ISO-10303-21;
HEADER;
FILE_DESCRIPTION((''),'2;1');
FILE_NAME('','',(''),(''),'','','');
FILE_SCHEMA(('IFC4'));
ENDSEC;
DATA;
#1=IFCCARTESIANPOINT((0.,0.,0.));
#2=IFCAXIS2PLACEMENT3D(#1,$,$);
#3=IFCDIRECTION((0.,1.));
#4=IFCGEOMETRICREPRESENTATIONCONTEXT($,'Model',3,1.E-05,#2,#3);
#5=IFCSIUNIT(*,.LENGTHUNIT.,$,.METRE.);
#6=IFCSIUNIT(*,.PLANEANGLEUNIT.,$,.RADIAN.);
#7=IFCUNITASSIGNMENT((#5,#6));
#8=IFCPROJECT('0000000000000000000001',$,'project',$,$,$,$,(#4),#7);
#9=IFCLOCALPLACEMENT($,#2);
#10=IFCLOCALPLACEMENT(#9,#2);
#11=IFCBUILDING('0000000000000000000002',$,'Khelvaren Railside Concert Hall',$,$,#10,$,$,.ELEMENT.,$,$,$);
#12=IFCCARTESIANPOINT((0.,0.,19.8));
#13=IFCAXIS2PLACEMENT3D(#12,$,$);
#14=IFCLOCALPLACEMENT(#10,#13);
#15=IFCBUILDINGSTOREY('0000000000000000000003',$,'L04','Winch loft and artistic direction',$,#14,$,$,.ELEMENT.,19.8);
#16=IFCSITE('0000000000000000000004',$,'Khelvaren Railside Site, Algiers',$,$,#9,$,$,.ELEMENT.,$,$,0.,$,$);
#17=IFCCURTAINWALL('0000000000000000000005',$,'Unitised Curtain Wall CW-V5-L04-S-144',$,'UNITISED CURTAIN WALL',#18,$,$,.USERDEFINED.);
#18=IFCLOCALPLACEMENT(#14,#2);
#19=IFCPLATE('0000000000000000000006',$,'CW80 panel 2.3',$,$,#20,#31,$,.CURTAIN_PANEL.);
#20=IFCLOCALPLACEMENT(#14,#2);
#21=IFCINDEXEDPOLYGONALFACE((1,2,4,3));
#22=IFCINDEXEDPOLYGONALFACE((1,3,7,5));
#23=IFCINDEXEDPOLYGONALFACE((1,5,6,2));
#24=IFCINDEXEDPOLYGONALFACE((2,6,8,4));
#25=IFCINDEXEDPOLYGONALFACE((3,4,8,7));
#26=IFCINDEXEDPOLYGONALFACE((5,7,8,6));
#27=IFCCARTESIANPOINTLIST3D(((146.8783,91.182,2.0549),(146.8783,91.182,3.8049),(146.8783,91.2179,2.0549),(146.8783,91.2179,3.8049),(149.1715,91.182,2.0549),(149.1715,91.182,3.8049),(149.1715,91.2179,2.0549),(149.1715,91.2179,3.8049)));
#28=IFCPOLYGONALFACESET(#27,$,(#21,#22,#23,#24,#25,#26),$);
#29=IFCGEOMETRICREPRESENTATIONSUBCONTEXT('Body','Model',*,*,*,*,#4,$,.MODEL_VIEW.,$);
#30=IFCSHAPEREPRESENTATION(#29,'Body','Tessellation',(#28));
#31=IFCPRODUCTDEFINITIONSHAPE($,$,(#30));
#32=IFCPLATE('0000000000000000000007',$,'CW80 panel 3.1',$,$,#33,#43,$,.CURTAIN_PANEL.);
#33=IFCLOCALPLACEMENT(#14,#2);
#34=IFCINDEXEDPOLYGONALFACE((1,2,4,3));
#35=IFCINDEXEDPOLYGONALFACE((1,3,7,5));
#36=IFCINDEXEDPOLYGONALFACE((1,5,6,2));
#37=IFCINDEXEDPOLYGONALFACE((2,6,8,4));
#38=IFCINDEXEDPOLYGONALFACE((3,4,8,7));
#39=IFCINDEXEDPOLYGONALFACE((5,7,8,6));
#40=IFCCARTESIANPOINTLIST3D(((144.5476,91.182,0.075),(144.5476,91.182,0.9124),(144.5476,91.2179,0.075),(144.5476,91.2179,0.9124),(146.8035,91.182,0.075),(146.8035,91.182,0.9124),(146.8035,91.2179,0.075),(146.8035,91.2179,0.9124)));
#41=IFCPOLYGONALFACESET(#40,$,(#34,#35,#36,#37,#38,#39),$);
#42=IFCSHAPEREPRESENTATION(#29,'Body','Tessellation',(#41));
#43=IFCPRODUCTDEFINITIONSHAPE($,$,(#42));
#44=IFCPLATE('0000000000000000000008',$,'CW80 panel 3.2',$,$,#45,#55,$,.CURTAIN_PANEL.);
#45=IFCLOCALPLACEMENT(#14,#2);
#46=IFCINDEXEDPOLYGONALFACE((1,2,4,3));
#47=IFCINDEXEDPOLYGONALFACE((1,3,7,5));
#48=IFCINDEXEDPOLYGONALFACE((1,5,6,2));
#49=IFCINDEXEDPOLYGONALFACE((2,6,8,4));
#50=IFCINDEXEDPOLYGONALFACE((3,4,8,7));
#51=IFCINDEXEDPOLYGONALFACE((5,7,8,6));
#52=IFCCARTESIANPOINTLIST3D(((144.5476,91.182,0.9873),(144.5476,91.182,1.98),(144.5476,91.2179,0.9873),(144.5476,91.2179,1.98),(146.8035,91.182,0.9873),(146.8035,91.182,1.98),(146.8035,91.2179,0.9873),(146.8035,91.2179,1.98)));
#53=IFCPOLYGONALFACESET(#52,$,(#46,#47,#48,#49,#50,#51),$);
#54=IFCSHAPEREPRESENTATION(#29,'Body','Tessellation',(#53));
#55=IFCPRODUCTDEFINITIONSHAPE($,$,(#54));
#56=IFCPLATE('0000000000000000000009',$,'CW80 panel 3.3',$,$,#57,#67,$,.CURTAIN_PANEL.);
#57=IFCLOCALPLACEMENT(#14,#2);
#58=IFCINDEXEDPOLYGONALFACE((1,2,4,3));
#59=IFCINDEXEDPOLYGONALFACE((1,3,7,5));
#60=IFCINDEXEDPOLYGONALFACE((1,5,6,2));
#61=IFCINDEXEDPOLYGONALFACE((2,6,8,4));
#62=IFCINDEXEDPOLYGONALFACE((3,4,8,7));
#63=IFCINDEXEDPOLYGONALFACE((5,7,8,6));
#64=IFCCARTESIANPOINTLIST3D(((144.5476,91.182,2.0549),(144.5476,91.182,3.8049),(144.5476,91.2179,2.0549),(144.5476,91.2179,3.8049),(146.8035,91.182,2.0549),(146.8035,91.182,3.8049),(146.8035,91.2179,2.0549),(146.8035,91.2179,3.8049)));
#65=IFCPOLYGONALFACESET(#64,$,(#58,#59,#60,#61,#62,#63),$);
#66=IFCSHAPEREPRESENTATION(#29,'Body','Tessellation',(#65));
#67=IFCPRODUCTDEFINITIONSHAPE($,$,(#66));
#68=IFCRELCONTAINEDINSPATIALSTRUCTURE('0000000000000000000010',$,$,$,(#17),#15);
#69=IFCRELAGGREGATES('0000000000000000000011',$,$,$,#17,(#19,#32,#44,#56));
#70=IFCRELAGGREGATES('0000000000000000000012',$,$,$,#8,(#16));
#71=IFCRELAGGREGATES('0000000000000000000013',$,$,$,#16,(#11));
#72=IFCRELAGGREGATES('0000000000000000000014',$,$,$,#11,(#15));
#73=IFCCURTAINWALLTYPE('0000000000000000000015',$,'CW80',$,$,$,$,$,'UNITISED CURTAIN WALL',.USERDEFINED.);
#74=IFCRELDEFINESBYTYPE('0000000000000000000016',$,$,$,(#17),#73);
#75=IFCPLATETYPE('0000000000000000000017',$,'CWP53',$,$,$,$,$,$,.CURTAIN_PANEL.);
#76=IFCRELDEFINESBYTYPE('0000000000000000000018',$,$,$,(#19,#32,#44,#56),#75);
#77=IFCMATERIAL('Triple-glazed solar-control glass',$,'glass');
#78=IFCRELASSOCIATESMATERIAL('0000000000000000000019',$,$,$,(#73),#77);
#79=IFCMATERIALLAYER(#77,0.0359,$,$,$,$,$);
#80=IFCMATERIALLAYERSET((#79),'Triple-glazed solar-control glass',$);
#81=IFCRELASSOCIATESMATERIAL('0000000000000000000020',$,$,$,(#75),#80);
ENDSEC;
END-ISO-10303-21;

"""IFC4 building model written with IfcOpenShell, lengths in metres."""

from ifc_helpers import new_model, si_unit, direction, frame, origin, origin_2d, place, context, subcontext, project, spatial, rectangle, extrude, material, layer, layer_set, type_object, element, aggregate, save


model = new_model("IFC4")

# Units and contexts
model_context = context("Model", 3, precision=1e-05, world=origin(), true_north=direction((0.0, 1.0)))
body_context = subcontext(model_context, "Body", "Model", "MODEL_VIEW")
ifc_project = project(units=[si_unit("LENGTHUNIT", "METRE"), si_unit("PLANEANGLEUNIT", "RADIAN")], contexts=[model_context])

# Site, building, storey
site_placement = place(None, origin())
site = spatial("IfcSite", under=ifc_project, at=site_placement, Name="Khelvaren Railside Site, Algiers", CompositionType="ELEMENT", RefElevation=0.0)
building_placement = place(site_placement, origin())
building = spatial("IfcBuilding", under=site, at=building_placement, Name="Khelvaren Railside Concert Hall", CompositionType="ELEMENT")
storey_placement = place(building_placement, frame((0.0, 0.0, 19.8)))
storey = spatial("IfcBuildingStorey", under=building, at=storey_placement, Name="L04", Description="Winch loft and artistic direction", CompositionType="ELEMENT", Elevation=19.8)

# Curtain wall
ifc_material_1 = material(Name="Triple-glazed solar-control glass", Category="glass")
curtain_wall_type_1 = type_object("IfcCurtainWallType", Name="CW80", ElementType="UNITISED CURTAIN WALL", PredefinedType="USERDEFINED", material=ifc_material_1)
curtain_wall_1_placement = place(storey_placement, origin())
curtain_wall_1 = element("IfcCurtainWall", 1, at=curtain_wall_1_placement, inside=storey, type_object=curtain_wall_type_1, Name="Unitised Curtain Wall CW-V5-L04-S-144", ObjectType="UNITISED CURTAIN WALL", PredefinedType="USERDEFINED")

# Plates
ifc_layer = layer(ifc_material_1, 0.0359)
ifc_layer_set = layer_set([ifc_layer], Name="Triple-glazed solar-control glass")
plate_type = type_object("IfcPlateType", Name="CWP53", PredefinedType="CURTAIN_PANEL", material=ifc_layer_set)
plate_1_placement = place(storey_placement, frame((148.0249, 91.2, 2.0549), z_axis=(0.0, 0.0, 1.0), x_axis=(-1.0, 0.0, 0.0)))
plate_1 = element("IfcPlate", 2, at=plate_1_placement, type_object=plate_type, Name="CW80 panel 2.3", PredefinedType="CURTAIN_PANEL", context=body_context, shape_type="SweptSolid", body=[
    extrude(rectangle(XDim=2.2932, YDim=0.0359, at=origin_2d()), origin(), (0.0, 0.0, 1.0), 1.75),
])
plate_2_placement = place(storey_placement, frame((145.6755, 91.2, 0.075), z_axis=(0.0, 0.0, 1.0), x_axis=(-1.0, 0.0, 0.0)))
plate_2 = element("IfcPlate", 3, at=plate_2_placement, type_object=plate_type, Name="CW80 panel 3.1", PredefinedType="CURTAIN_PANEL", context=body_context, shape_type="SweptSolid", body=[
    extrude(rectangle(XDim=2.2559, YDim=0.0359, at=origin_2d()), origin(), (0.0, 0.0, 1.0), 0.8374),
])
plate_3_placement = place(storey_placement, frame((145.6755, 91.2, 0.9873), z_axis=(0.0, 0.0, 1.0), x_axis=(-1.0, 0.0, 0.0)))
plate_3 = element("IfcPlate", 4, at=plate_3_placement, type_object=plate_type, Name="CW80 panel 3.2", PredefinedType="CURTAIN_PANEL", context=body_context, shape_type="SweptSolid", body=[
    extrude(rectangle(XDim=2.2559, YDim=0.0359, at=origin_2d()), origin(), (0.0, 0.0, 1.0), 0.9927),
])
plate_4_placement = place(storey_placement, frame((145.6755, 91.2, 2.0549), z_axis=(0.0, 0.0, 1.0), x_axis=(-1.0, 0.0, 0.0)))
plate_4 = element("IfcPlate", 5, at=plate_4_placement, type_object=plate_type, Name="CW80 panel 3.3", PredefinedType="CURTAIN_PANEL", context=body_context, shape_type="SweptSolid", body=[
    extrude(rectangle(XDim=2.2559, YDim=0.0359, at=origin_2d()), origin(), (0.0, 0.0, 1.0), 1.75),
])
aggregate(curtain_wall_1, [plate_1, plate_2, plate_3, plate_4])

save(model, "model.ifc")
